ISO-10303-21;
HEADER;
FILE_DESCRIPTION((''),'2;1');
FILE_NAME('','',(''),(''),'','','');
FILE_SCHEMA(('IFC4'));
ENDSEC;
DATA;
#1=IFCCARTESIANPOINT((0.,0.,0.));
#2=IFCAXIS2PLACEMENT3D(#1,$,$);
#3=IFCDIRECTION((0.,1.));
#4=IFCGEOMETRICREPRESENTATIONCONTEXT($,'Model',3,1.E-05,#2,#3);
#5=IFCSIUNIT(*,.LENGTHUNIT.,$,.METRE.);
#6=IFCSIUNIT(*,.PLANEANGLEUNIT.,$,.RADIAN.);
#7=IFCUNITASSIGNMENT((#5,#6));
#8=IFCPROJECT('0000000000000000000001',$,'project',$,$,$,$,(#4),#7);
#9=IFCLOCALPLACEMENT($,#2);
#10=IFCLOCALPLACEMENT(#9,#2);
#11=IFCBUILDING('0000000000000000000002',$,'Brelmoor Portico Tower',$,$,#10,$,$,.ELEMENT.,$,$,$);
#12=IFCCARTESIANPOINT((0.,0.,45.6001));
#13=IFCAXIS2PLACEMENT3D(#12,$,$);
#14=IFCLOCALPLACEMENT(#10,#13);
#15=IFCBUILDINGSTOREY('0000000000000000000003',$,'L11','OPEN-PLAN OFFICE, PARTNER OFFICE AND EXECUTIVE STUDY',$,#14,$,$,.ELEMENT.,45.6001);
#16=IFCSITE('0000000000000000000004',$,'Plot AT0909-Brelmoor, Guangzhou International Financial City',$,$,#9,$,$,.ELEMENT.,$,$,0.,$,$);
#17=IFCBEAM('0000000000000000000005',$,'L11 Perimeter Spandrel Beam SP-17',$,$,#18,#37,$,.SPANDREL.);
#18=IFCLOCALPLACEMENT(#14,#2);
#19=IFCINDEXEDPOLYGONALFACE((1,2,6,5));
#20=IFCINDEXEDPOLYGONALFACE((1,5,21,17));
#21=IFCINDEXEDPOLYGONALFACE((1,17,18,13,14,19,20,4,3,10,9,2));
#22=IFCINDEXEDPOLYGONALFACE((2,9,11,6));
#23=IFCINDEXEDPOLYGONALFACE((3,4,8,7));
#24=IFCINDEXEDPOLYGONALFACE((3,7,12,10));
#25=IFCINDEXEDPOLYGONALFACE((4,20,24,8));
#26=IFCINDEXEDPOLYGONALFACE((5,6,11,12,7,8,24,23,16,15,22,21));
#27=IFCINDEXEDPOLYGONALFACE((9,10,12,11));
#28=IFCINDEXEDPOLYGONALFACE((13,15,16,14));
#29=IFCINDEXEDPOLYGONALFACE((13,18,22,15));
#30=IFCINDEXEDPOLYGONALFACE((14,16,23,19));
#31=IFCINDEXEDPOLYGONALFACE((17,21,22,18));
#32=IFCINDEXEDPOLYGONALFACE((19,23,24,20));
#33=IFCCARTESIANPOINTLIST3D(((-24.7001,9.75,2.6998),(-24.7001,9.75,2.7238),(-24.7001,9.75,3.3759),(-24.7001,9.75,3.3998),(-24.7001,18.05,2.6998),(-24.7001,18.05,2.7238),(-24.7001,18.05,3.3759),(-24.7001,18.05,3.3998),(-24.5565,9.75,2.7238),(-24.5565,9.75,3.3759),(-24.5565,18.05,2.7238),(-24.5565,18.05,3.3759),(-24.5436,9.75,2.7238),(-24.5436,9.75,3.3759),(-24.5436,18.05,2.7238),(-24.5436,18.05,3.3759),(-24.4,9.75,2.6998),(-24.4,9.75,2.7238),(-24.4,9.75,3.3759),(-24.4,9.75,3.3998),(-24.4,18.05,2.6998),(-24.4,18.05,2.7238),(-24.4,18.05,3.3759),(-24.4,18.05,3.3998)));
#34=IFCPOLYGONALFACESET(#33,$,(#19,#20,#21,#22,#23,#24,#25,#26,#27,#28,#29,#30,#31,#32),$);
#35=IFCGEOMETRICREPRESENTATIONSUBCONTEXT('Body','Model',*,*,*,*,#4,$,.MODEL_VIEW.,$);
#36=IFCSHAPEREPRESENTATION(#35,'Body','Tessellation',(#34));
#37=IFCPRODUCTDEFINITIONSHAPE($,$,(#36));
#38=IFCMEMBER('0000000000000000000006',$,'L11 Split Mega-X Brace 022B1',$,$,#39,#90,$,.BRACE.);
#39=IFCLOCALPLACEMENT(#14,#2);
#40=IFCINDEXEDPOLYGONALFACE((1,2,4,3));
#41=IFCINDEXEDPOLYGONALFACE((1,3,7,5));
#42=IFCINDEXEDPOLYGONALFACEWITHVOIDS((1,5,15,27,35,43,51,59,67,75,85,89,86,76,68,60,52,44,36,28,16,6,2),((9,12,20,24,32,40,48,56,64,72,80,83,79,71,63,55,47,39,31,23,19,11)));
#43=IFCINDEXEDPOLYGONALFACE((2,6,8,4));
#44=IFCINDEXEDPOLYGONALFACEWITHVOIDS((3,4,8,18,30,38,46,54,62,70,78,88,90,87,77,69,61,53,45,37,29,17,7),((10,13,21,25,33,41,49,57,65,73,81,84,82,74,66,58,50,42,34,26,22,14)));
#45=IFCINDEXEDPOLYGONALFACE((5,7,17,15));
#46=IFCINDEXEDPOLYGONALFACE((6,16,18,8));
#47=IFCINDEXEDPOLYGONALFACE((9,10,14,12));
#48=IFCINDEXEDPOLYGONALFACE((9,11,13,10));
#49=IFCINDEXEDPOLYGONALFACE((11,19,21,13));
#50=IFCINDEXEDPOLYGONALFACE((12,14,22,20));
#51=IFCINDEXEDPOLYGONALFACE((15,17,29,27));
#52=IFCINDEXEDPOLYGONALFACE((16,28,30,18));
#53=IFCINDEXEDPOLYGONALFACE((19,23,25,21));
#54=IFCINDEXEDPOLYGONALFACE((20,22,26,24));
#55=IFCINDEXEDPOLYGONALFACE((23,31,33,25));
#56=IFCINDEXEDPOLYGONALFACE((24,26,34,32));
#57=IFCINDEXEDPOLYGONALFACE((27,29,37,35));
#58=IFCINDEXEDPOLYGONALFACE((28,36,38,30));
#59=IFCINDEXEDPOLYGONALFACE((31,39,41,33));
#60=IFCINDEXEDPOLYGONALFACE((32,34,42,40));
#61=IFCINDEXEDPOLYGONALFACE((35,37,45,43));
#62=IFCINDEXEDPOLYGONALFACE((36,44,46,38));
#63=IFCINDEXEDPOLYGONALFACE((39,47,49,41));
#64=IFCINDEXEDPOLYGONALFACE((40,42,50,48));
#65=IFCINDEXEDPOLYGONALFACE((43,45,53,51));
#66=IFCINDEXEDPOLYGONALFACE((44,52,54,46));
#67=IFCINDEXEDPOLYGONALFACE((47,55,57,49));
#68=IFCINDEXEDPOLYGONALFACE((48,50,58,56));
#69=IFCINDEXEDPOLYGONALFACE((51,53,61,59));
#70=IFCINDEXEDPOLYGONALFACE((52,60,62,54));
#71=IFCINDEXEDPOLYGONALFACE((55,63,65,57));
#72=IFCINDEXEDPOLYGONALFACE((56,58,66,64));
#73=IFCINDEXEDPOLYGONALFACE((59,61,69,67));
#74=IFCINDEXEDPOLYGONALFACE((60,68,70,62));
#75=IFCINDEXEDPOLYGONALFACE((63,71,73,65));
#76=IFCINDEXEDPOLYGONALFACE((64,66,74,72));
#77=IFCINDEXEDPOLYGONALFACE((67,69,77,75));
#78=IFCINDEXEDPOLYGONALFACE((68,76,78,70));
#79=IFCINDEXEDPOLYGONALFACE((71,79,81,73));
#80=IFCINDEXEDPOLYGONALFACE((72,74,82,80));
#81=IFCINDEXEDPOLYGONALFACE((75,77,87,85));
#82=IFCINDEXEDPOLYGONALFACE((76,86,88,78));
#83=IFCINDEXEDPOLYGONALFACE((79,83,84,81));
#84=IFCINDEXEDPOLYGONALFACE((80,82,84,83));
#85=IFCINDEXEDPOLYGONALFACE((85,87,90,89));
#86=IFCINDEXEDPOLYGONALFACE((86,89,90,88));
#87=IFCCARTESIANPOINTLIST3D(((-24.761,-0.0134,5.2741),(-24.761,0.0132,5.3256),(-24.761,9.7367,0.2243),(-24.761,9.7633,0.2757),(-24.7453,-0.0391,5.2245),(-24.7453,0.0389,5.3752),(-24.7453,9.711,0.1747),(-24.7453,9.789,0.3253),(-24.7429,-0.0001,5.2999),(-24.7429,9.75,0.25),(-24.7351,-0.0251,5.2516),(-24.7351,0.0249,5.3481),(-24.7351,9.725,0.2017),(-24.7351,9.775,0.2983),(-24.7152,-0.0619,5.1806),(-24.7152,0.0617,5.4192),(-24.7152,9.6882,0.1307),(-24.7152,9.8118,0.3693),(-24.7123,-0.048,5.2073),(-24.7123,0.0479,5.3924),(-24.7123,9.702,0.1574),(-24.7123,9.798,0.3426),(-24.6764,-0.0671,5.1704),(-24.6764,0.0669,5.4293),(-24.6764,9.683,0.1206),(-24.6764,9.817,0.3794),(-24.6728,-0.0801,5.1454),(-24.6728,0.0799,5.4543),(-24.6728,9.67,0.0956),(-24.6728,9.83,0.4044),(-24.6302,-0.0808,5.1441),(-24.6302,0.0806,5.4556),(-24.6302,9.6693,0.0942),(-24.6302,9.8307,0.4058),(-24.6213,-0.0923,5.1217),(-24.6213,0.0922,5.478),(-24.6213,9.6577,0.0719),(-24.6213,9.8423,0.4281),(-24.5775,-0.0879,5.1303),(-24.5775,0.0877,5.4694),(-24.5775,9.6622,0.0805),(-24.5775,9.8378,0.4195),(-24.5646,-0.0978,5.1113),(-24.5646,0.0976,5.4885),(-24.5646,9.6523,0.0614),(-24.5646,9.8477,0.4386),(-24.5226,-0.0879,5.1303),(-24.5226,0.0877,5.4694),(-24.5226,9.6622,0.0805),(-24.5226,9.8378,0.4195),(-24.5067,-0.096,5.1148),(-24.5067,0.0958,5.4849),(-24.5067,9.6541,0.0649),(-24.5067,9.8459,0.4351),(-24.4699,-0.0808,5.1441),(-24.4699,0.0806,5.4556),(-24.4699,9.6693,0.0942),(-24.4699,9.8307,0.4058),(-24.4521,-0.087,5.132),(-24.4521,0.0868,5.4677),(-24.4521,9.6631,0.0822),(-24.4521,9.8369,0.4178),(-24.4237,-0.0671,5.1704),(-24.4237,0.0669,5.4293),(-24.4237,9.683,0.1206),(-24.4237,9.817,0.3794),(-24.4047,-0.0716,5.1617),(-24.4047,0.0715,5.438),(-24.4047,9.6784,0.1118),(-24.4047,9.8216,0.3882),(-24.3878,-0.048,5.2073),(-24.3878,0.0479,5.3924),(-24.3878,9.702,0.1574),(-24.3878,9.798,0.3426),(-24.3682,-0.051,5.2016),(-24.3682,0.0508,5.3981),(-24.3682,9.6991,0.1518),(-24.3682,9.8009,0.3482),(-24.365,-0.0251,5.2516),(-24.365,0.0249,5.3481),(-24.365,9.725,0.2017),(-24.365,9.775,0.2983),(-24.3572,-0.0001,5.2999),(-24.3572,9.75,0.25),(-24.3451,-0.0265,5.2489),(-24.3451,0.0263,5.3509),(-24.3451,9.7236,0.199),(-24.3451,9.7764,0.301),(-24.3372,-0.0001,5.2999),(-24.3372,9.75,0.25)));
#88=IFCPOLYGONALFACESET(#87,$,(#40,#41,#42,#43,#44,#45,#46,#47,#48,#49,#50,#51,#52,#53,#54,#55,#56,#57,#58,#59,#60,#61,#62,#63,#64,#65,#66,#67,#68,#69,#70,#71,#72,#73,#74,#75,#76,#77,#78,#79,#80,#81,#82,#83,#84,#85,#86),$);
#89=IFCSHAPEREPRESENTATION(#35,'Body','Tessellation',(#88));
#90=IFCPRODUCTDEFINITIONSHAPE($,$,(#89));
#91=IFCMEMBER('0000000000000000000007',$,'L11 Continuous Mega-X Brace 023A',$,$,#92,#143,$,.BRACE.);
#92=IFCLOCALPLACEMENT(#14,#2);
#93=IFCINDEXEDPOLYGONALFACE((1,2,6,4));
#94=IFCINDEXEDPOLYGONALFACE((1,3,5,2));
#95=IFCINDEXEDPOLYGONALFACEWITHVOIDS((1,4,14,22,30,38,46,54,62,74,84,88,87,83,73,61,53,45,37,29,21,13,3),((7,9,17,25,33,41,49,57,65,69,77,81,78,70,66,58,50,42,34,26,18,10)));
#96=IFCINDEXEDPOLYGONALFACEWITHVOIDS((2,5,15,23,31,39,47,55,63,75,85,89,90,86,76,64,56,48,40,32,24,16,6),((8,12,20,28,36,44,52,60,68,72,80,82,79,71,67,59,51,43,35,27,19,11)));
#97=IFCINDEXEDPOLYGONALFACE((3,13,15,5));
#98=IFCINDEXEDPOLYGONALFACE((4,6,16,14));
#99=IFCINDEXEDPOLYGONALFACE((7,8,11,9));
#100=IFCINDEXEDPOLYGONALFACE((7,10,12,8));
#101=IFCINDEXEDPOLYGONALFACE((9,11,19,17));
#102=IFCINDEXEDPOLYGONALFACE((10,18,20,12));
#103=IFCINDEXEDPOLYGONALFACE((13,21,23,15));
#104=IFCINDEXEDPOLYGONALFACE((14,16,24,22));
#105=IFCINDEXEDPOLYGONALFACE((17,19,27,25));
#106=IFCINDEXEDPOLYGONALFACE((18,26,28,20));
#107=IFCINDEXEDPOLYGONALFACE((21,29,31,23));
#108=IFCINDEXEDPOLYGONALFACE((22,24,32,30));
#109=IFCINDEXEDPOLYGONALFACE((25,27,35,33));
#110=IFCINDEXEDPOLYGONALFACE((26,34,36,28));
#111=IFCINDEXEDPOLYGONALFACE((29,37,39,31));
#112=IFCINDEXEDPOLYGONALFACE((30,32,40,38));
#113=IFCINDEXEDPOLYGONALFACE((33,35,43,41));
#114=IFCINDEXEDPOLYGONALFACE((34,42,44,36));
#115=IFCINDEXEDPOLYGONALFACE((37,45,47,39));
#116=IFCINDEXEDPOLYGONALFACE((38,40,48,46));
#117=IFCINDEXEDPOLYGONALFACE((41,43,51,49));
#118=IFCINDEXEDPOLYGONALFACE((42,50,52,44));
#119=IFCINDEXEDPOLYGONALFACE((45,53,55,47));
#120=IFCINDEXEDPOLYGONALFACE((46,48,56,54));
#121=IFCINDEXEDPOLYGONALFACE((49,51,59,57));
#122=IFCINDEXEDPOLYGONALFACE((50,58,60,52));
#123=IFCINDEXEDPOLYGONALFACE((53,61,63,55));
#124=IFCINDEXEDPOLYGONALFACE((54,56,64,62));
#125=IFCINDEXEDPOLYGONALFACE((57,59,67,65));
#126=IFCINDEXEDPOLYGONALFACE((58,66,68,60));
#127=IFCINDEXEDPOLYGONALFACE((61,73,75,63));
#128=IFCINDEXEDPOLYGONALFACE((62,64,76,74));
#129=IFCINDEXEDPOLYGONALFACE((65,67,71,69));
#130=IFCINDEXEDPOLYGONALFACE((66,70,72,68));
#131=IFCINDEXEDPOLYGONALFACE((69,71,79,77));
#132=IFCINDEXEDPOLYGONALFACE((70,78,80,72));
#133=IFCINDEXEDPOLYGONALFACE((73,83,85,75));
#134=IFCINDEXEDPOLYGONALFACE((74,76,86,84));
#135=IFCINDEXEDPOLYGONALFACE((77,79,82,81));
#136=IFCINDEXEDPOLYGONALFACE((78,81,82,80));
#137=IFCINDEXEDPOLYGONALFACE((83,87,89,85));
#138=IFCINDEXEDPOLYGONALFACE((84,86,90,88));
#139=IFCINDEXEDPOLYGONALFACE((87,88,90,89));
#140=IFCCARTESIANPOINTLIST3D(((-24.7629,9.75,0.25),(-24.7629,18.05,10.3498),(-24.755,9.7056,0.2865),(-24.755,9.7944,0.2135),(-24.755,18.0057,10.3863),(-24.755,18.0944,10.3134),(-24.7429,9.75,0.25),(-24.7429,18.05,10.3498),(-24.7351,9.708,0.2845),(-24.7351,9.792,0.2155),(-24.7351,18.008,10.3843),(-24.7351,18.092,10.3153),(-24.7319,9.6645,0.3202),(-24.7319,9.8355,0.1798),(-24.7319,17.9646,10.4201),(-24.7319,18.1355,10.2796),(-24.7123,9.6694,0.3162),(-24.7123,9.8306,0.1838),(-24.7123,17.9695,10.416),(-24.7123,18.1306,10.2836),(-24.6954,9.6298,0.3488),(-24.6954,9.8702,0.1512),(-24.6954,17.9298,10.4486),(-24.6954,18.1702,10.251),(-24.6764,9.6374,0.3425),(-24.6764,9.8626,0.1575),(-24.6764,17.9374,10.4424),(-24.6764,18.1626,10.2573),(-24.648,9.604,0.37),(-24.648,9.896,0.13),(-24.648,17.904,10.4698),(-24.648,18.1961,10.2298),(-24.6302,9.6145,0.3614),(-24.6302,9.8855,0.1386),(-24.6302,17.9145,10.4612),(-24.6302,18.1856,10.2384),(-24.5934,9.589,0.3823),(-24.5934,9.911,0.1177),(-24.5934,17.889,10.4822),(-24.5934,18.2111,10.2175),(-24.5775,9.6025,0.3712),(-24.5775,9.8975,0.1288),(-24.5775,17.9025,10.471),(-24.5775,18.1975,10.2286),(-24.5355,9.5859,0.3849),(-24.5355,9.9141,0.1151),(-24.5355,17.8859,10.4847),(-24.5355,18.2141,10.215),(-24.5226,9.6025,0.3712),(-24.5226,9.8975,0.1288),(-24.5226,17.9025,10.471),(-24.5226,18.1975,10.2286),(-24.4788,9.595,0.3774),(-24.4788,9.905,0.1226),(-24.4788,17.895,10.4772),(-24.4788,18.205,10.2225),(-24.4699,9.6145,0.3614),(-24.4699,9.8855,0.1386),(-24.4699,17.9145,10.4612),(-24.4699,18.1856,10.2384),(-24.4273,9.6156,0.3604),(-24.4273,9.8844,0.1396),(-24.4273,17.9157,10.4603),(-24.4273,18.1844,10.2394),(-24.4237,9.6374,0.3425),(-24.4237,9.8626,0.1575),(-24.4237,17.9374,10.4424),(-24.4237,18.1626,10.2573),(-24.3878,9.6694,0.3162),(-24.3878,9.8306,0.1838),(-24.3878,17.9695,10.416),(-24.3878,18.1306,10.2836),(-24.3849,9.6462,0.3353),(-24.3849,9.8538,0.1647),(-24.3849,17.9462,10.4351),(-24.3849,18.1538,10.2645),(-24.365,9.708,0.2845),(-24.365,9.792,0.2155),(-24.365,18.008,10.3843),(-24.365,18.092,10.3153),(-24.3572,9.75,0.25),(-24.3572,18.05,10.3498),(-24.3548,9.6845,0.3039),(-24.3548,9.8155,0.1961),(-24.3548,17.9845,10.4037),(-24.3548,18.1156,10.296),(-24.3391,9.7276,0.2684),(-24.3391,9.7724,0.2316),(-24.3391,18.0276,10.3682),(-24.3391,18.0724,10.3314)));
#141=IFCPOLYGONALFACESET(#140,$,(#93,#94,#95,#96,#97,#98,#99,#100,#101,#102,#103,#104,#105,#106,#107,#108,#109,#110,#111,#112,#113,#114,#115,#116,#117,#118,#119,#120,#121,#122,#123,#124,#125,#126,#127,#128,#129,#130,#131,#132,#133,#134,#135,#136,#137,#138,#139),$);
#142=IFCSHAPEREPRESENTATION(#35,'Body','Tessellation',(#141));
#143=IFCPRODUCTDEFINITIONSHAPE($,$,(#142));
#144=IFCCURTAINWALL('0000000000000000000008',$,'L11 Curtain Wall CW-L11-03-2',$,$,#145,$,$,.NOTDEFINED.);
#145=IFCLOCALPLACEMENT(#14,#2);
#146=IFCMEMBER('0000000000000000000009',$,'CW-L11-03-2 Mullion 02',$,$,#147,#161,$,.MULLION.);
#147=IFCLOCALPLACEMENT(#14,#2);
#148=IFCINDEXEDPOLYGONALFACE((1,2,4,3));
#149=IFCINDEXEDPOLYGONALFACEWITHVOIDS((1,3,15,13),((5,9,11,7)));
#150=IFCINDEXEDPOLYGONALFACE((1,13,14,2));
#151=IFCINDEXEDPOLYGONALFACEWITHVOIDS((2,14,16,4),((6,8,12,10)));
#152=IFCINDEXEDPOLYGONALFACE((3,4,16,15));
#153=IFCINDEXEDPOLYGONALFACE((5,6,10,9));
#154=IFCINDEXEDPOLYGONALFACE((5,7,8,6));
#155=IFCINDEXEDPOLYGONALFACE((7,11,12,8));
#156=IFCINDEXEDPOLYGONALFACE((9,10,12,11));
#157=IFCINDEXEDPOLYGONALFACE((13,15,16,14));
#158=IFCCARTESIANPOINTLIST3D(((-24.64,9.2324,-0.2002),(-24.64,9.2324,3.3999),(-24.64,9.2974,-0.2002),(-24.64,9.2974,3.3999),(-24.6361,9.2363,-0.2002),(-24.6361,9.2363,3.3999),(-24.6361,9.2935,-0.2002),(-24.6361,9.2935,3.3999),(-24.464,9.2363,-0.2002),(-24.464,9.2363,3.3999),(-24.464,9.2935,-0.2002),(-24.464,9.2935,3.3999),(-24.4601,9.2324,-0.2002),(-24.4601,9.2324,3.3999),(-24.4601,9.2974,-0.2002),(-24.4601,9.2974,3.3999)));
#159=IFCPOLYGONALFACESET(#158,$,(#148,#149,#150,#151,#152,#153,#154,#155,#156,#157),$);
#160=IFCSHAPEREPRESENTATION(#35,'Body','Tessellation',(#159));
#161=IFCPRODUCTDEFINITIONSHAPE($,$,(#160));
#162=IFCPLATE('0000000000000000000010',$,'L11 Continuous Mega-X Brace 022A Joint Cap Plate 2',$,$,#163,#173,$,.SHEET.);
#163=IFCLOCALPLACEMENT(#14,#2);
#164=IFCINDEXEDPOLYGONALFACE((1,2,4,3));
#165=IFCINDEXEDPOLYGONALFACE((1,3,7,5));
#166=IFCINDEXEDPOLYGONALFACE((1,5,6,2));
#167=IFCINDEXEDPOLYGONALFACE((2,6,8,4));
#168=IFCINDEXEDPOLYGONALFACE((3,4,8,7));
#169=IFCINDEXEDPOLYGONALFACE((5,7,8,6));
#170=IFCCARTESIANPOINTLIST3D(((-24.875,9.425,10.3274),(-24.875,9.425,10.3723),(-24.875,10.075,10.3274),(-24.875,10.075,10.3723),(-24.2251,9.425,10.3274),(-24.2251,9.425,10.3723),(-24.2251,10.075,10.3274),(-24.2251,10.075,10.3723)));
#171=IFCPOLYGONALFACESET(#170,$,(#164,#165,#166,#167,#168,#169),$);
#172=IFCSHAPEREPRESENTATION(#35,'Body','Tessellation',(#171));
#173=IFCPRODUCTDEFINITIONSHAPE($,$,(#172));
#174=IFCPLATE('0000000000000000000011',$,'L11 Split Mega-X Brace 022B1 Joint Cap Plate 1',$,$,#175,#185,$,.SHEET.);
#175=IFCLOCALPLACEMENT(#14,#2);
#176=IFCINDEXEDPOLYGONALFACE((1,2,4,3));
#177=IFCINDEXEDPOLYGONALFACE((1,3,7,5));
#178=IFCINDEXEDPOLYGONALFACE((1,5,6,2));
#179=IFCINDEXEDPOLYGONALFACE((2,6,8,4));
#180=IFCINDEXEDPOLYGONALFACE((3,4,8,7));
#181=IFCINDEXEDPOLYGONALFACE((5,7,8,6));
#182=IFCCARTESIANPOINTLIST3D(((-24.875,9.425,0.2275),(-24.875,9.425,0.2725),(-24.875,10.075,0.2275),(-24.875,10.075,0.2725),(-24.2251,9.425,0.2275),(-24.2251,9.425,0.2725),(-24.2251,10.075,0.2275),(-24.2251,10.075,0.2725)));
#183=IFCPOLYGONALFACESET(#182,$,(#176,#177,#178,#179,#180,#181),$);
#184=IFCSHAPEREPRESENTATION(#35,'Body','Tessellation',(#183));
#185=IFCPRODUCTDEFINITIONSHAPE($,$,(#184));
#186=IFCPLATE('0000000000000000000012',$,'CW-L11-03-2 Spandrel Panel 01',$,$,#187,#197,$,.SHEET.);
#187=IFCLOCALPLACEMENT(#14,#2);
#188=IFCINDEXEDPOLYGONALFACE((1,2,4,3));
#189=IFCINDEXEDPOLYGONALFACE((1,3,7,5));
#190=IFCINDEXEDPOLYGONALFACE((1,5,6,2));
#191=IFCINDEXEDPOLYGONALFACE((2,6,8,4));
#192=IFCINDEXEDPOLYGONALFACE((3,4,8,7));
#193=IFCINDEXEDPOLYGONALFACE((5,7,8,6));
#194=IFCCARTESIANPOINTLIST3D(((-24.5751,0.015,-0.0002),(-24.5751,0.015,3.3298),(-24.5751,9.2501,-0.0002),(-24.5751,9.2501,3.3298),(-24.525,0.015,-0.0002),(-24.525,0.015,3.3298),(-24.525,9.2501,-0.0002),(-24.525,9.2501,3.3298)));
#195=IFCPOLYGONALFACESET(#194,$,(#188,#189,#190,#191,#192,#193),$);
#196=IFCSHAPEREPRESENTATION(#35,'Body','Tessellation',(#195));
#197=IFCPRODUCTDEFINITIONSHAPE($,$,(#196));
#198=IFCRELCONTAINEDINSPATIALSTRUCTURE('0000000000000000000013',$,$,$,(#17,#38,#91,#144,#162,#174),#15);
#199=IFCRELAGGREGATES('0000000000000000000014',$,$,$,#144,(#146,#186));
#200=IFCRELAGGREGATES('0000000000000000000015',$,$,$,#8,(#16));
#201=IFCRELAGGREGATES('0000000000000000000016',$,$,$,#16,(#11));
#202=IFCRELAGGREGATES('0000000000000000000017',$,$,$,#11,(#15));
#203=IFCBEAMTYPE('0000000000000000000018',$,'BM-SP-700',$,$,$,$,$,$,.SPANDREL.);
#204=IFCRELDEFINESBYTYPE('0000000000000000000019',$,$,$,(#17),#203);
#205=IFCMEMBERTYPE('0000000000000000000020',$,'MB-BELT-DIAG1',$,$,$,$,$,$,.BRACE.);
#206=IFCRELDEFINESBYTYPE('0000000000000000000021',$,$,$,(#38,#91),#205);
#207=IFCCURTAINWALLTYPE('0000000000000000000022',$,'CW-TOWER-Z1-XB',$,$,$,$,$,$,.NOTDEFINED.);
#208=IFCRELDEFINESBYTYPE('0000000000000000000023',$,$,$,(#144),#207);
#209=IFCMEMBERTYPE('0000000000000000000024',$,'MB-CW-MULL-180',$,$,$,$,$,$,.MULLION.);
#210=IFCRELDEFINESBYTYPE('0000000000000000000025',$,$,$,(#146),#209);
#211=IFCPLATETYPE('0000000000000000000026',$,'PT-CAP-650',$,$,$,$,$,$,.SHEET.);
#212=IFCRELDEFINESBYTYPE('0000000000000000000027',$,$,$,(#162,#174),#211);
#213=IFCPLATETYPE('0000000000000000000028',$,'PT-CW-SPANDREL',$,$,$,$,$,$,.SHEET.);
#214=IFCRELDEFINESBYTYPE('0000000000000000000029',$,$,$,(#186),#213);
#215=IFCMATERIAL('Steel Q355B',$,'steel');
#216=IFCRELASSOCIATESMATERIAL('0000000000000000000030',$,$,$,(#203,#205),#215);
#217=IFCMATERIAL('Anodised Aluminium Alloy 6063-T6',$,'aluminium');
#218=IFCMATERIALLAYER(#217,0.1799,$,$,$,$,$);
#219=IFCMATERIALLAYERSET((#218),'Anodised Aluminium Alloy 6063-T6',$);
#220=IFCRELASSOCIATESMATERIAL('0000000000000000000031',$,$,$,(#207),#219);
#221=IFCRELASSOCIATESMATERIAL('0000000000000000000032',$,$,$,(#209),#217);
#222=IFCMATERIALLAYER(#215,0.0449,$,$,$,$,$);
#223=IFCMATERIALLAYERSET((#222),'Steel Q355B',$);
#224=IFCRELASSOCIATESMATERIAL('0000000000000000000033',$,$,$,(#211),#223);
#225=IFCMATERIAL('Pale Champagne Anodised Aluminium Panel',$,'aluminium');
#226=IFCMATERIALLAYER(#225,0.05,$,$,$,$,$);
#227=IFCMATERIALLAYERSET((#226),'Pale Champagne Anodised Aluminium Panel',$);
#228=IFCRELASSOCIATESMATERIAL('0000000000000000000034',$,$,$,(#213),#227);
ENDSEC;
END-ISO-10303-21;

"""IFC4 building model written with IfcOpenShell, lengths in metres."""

from ifc_helpers import new_model, si_unit, direction, frame, origin, origin_2d, place, context, subcontext, project, spatial, rectangle, hollow_rectangle, hollow_circle, i_section, extrude, material, layer, layer_set, material_profile, profile_set, type_object, element, aggregate, save


model = new_model("IFC4")

# Units and contexts
model_context = context("Model", 3, precision=1e-05, world=origin(), true_north=direction((0.0, 1.0)))
body_context = subcontext(model_context, "Body", "Model", "MODEL_VIEW")
ifc_project = project(units=[si_unit("LENGTHUNIT", "METRE"), si_unit("PLANEANGLEUNIT", "RADIAN")], contexts=[model_context])

# Site, building, storey
site_placement = place(None, origin())
site = spatial("IfcSite", under=ifc_project, at=site_placement, Name="Plot AT0909-Brelmoor, Guangzhou International Financial City", CompositionType="ELEMENT", RefElevation=0.0)
building_placement = place(site_placement, origin())
building = spatial("IfcBuilding", under=site, at=building_placement, Name="Brelmoor Portico Tower", CompositionType="ELEMENT")
storey_placement = place(building_placement, frame((0.0, 0.0, 45.6001)))
storey = spatial("IfcBuildingStorey", under=building, at=storey_placement, Name="L11", Description="OPEN-PLAN OFFICE, PARTNER OFFICE AND EXECUTIVE STUDY", CompositionType="ELEMENT", Elevation=45.6001)

# Shared definitions
ifc_material_1 = material(Name="Steel Q355B", Category="steel")

# Beam
ifc_material_profile_1 = material_profile(ifc_material_1, i_section(OverallWidth=0.3, OverallDepth=0.7, WebThickness=0.0129, FlangeThickness=0.0239, at=origin_2d()), Name="HN 700x300x13x24")
ifc_profile_set_1 = profile_set([ifc_material_profile_1], Name="Steel Q355B")
beam_type_1 = type_object("IfcBeamType", Name="BM-SP-700", PredefinedType="SPANDREL", material=ifc_profile_set_1)
beam_1_placement = place(storey_placement, frame((-24.55, 9.75, 3.0498), z_axis=(0.0, 1.0, 0.0), x_axis=(-1.0, 0.0, 0.0)))
element("IfcBeam", 1, at=beam_1_placement, inside=storey, type_object=beam_type_1, Name="L11 Perimeter Spandrel Beam SP-17", PredefinedType="SPANDREL", context=body_context, shape_type="SweptSolid", body=[
    extrude(i_section(OverallWidth=0.3, OverallDepth=0.7, WebThickness=0.0129, FlangeThickness=0.0239, at=origin_2d()), origin(), (0.0, 0.0, 1.0), 8.3),
])

# Members
ifc_material_profile_2 = material_profile(ifc_material_1, hollow_circle(Radius=0.2129, WallThickness=0.02, at=origin_2d()), Name="CHS 426x20")
ifc_profile_set_2 = profile_set([ifc_material_profile_2], Name="Steel Q355B")
member_type_1 = type_object("IfcMemberType", Name="MB-BELT-DIAG1", PredefinedType="BRACE", material=ifc_profile_set_2)
member_1_placement = place(storey_placement, frame((-24.55, 9.75, 0.25), z_axis=(0.0, -0.887968, 0.459904), x_axis=(1.0, 0.0, 0.0)))
element("IfcMember", 2, at=member_1_placement, inside=storey, type_object=member_type_1, Name="L11 Split Mega-X Brace 022B1", PredefinedType="BRACE", context=body_context, shape_type="SweptSolid", body=[
    extrude(hollow_circle(Radius=0.2129, WallThickness=0.02, at=origin_2d()), origin(), (0.0, 0.0, 1.0), 10.9802),
])
member_2_placement = place(storey_placement, frame((-24.55, 9.75, 0.25), z_axis=(0.0, 0.63491, 0.772586), x_axis=(-1.0, 0.0, 0.0)))
element("IfcMember", 3, at=member_2_placement, inside=storey, type_object=member_type_1, Name="L11 Continuous Mega-X Brace 023A", PredefinedType="BRACE", context=body_context, shape_type="SweptSolid", body=[
    extrude(hollow_circle(Radius=0.2129, WallThickness=0.02, at=origin_2d()), origin(), (0.0, 0.0, 1.0), 13.0728),
])

# Curtain wall, member
ifc_material_2 = material(Name="Anodised Aluminium Alloy 6063-T6", Category="aluminium")
ifc_layer_1 = layer(ifc_material_2, 0.1799)
ifc_layer_set_1 = layer_set([ifc_layer_1], Name="Anodised Aluminium Alloy 6063-T6")
curtain_wall_type = type_object("IfcCurtainWallType", Name="CW-TOWER-Z1-XB", PredefinedType="NOTDEFINED", material=ifc_layer_set_1)
curtain_wall_placement = place(storey_placement, origin())
curtain_wall = element("IfcCurtainWall", 4, at=curtain_wall_placement, inside=storey, type_object=curtain_wall_type, Name="L11 Curtain Wall CW-L11-03-2", PredefinedType="NOTDEFINED")
ifc_material_profile_3 = material_profile(ifc_material_2, hollow_rectangle(XDim=0.0649, YDim=0.1799, WallThickness=0.0039, at=origin_2d()), Name="ALU MULLION 65x180")
ifc_profile_set_3 = profile_set([ifc_material_profile_3], Name="Anodised Aluminium Alloy 6063-T6")
member_type_2 = type_object("IfcMemberType", Name="MB-CW-MULL-180", PredefinedType="MULLION", material=ifc_profile_set_3)
member_3_placement = place(storey_placement, frame((-24.55, 9.2649, -0.2002), z_axis=(0.0, 0.0, 1.0), x_axis=(0.0, 1.0, 0.0)))
member_3 = element("IfcMember", 5, at=member_3_placement, type_object=member_type_2, Name="CW-L11-03-2 Mullion 02", PredefinedType="MULLION", context=body_context, shape_type="SweptSolid", body=[
    extrude(hollow_rectangle(XDim=0.0649, YDim=0.1799, WallThickness=0.0039, at=origin_2d()), origin(), (0.0, 0.0, 1.0), 3.6001),
])

# Plates
ifc_layer_2 = layer(ifc_material_1, 0.0449)
ifc_layer_set_2 = layer_set([ifc_layer_2], Name="Steel Q355B")
plate_type_1 = type_object("IfcPlateType", Name="PT-CAP-650", PredefinedType="SHEET", material=ifc_layer_set_2)
for number, where, z_axis, x_axis, name in (
    (6, (-24.55, 9.75, 10.3274), (0.0, 0.0, 1.0), (1.0, 0.0, 0.0), "L11 Continuous Mega-X Brace 022A Joint Cap Plate 2"),
    (7, (-24.55, 9.75, 0.2275), (0.0, 0.0, 1.0), (1.0, 0.0, 0.0), "L11 Split Mega-X Brace 022B1 Joint Cap Plate 1"),
):
    element("IfcPlate", number, at=place(storey_placement, frame(where, z_axis=z_axis, x_axis=x_axis)), inside=storey, type_object=plate_type_1, Name=name, PredefinedType="SHEET", context=body_context, shape_type="SweptSolid", body=[
        extrude(rectangle(XDim=0.6499, YDim=0.6499, at=origin_2d()), origin(), (0.0, 0.0, 1.0), 0.0449),
    ])

# Plate
ifc_material_3 = material(Name="Pale Champagne Anodised Aluminium Panel", Category="aluminium")
ifc_layer_3 = layer(ifc_material_3, 0.05)
ifc_layer_set_3 = layer_set([ifc_layer_3], Name="Pale Champagne Anodised Aluminium Panel")
plate_type_2 = type_object("IfcPlateType", Name="PT-CW-SPANDREL", PredefinedType="SHEET", material=ifc_layer_set_3)
plate_placement = place(storey_placement, frame((-24.55, 4.6326, -0.0002), z_axis=(0.0, 0.0, 1.0), x_axis=(0.0, 1.0, 0.0)))
plate = element("IfcPlate", 8, at=plate_placement, type_object=plate_type_2, Name="CW-L11-03-2 Spandrel Panel 01", PredefinedType="SHEET", context=body_context, shape_type="SweptSolid", body=[
    extrude(rectangle(XDim=9.2351, YDim=0.05, at=origin_2d()), origin(), (0.0, 0.0, 1.0), 3.3301),
])
aggregate(curtain_wall, [member_3, plate])

save(model, "model.ifc")
